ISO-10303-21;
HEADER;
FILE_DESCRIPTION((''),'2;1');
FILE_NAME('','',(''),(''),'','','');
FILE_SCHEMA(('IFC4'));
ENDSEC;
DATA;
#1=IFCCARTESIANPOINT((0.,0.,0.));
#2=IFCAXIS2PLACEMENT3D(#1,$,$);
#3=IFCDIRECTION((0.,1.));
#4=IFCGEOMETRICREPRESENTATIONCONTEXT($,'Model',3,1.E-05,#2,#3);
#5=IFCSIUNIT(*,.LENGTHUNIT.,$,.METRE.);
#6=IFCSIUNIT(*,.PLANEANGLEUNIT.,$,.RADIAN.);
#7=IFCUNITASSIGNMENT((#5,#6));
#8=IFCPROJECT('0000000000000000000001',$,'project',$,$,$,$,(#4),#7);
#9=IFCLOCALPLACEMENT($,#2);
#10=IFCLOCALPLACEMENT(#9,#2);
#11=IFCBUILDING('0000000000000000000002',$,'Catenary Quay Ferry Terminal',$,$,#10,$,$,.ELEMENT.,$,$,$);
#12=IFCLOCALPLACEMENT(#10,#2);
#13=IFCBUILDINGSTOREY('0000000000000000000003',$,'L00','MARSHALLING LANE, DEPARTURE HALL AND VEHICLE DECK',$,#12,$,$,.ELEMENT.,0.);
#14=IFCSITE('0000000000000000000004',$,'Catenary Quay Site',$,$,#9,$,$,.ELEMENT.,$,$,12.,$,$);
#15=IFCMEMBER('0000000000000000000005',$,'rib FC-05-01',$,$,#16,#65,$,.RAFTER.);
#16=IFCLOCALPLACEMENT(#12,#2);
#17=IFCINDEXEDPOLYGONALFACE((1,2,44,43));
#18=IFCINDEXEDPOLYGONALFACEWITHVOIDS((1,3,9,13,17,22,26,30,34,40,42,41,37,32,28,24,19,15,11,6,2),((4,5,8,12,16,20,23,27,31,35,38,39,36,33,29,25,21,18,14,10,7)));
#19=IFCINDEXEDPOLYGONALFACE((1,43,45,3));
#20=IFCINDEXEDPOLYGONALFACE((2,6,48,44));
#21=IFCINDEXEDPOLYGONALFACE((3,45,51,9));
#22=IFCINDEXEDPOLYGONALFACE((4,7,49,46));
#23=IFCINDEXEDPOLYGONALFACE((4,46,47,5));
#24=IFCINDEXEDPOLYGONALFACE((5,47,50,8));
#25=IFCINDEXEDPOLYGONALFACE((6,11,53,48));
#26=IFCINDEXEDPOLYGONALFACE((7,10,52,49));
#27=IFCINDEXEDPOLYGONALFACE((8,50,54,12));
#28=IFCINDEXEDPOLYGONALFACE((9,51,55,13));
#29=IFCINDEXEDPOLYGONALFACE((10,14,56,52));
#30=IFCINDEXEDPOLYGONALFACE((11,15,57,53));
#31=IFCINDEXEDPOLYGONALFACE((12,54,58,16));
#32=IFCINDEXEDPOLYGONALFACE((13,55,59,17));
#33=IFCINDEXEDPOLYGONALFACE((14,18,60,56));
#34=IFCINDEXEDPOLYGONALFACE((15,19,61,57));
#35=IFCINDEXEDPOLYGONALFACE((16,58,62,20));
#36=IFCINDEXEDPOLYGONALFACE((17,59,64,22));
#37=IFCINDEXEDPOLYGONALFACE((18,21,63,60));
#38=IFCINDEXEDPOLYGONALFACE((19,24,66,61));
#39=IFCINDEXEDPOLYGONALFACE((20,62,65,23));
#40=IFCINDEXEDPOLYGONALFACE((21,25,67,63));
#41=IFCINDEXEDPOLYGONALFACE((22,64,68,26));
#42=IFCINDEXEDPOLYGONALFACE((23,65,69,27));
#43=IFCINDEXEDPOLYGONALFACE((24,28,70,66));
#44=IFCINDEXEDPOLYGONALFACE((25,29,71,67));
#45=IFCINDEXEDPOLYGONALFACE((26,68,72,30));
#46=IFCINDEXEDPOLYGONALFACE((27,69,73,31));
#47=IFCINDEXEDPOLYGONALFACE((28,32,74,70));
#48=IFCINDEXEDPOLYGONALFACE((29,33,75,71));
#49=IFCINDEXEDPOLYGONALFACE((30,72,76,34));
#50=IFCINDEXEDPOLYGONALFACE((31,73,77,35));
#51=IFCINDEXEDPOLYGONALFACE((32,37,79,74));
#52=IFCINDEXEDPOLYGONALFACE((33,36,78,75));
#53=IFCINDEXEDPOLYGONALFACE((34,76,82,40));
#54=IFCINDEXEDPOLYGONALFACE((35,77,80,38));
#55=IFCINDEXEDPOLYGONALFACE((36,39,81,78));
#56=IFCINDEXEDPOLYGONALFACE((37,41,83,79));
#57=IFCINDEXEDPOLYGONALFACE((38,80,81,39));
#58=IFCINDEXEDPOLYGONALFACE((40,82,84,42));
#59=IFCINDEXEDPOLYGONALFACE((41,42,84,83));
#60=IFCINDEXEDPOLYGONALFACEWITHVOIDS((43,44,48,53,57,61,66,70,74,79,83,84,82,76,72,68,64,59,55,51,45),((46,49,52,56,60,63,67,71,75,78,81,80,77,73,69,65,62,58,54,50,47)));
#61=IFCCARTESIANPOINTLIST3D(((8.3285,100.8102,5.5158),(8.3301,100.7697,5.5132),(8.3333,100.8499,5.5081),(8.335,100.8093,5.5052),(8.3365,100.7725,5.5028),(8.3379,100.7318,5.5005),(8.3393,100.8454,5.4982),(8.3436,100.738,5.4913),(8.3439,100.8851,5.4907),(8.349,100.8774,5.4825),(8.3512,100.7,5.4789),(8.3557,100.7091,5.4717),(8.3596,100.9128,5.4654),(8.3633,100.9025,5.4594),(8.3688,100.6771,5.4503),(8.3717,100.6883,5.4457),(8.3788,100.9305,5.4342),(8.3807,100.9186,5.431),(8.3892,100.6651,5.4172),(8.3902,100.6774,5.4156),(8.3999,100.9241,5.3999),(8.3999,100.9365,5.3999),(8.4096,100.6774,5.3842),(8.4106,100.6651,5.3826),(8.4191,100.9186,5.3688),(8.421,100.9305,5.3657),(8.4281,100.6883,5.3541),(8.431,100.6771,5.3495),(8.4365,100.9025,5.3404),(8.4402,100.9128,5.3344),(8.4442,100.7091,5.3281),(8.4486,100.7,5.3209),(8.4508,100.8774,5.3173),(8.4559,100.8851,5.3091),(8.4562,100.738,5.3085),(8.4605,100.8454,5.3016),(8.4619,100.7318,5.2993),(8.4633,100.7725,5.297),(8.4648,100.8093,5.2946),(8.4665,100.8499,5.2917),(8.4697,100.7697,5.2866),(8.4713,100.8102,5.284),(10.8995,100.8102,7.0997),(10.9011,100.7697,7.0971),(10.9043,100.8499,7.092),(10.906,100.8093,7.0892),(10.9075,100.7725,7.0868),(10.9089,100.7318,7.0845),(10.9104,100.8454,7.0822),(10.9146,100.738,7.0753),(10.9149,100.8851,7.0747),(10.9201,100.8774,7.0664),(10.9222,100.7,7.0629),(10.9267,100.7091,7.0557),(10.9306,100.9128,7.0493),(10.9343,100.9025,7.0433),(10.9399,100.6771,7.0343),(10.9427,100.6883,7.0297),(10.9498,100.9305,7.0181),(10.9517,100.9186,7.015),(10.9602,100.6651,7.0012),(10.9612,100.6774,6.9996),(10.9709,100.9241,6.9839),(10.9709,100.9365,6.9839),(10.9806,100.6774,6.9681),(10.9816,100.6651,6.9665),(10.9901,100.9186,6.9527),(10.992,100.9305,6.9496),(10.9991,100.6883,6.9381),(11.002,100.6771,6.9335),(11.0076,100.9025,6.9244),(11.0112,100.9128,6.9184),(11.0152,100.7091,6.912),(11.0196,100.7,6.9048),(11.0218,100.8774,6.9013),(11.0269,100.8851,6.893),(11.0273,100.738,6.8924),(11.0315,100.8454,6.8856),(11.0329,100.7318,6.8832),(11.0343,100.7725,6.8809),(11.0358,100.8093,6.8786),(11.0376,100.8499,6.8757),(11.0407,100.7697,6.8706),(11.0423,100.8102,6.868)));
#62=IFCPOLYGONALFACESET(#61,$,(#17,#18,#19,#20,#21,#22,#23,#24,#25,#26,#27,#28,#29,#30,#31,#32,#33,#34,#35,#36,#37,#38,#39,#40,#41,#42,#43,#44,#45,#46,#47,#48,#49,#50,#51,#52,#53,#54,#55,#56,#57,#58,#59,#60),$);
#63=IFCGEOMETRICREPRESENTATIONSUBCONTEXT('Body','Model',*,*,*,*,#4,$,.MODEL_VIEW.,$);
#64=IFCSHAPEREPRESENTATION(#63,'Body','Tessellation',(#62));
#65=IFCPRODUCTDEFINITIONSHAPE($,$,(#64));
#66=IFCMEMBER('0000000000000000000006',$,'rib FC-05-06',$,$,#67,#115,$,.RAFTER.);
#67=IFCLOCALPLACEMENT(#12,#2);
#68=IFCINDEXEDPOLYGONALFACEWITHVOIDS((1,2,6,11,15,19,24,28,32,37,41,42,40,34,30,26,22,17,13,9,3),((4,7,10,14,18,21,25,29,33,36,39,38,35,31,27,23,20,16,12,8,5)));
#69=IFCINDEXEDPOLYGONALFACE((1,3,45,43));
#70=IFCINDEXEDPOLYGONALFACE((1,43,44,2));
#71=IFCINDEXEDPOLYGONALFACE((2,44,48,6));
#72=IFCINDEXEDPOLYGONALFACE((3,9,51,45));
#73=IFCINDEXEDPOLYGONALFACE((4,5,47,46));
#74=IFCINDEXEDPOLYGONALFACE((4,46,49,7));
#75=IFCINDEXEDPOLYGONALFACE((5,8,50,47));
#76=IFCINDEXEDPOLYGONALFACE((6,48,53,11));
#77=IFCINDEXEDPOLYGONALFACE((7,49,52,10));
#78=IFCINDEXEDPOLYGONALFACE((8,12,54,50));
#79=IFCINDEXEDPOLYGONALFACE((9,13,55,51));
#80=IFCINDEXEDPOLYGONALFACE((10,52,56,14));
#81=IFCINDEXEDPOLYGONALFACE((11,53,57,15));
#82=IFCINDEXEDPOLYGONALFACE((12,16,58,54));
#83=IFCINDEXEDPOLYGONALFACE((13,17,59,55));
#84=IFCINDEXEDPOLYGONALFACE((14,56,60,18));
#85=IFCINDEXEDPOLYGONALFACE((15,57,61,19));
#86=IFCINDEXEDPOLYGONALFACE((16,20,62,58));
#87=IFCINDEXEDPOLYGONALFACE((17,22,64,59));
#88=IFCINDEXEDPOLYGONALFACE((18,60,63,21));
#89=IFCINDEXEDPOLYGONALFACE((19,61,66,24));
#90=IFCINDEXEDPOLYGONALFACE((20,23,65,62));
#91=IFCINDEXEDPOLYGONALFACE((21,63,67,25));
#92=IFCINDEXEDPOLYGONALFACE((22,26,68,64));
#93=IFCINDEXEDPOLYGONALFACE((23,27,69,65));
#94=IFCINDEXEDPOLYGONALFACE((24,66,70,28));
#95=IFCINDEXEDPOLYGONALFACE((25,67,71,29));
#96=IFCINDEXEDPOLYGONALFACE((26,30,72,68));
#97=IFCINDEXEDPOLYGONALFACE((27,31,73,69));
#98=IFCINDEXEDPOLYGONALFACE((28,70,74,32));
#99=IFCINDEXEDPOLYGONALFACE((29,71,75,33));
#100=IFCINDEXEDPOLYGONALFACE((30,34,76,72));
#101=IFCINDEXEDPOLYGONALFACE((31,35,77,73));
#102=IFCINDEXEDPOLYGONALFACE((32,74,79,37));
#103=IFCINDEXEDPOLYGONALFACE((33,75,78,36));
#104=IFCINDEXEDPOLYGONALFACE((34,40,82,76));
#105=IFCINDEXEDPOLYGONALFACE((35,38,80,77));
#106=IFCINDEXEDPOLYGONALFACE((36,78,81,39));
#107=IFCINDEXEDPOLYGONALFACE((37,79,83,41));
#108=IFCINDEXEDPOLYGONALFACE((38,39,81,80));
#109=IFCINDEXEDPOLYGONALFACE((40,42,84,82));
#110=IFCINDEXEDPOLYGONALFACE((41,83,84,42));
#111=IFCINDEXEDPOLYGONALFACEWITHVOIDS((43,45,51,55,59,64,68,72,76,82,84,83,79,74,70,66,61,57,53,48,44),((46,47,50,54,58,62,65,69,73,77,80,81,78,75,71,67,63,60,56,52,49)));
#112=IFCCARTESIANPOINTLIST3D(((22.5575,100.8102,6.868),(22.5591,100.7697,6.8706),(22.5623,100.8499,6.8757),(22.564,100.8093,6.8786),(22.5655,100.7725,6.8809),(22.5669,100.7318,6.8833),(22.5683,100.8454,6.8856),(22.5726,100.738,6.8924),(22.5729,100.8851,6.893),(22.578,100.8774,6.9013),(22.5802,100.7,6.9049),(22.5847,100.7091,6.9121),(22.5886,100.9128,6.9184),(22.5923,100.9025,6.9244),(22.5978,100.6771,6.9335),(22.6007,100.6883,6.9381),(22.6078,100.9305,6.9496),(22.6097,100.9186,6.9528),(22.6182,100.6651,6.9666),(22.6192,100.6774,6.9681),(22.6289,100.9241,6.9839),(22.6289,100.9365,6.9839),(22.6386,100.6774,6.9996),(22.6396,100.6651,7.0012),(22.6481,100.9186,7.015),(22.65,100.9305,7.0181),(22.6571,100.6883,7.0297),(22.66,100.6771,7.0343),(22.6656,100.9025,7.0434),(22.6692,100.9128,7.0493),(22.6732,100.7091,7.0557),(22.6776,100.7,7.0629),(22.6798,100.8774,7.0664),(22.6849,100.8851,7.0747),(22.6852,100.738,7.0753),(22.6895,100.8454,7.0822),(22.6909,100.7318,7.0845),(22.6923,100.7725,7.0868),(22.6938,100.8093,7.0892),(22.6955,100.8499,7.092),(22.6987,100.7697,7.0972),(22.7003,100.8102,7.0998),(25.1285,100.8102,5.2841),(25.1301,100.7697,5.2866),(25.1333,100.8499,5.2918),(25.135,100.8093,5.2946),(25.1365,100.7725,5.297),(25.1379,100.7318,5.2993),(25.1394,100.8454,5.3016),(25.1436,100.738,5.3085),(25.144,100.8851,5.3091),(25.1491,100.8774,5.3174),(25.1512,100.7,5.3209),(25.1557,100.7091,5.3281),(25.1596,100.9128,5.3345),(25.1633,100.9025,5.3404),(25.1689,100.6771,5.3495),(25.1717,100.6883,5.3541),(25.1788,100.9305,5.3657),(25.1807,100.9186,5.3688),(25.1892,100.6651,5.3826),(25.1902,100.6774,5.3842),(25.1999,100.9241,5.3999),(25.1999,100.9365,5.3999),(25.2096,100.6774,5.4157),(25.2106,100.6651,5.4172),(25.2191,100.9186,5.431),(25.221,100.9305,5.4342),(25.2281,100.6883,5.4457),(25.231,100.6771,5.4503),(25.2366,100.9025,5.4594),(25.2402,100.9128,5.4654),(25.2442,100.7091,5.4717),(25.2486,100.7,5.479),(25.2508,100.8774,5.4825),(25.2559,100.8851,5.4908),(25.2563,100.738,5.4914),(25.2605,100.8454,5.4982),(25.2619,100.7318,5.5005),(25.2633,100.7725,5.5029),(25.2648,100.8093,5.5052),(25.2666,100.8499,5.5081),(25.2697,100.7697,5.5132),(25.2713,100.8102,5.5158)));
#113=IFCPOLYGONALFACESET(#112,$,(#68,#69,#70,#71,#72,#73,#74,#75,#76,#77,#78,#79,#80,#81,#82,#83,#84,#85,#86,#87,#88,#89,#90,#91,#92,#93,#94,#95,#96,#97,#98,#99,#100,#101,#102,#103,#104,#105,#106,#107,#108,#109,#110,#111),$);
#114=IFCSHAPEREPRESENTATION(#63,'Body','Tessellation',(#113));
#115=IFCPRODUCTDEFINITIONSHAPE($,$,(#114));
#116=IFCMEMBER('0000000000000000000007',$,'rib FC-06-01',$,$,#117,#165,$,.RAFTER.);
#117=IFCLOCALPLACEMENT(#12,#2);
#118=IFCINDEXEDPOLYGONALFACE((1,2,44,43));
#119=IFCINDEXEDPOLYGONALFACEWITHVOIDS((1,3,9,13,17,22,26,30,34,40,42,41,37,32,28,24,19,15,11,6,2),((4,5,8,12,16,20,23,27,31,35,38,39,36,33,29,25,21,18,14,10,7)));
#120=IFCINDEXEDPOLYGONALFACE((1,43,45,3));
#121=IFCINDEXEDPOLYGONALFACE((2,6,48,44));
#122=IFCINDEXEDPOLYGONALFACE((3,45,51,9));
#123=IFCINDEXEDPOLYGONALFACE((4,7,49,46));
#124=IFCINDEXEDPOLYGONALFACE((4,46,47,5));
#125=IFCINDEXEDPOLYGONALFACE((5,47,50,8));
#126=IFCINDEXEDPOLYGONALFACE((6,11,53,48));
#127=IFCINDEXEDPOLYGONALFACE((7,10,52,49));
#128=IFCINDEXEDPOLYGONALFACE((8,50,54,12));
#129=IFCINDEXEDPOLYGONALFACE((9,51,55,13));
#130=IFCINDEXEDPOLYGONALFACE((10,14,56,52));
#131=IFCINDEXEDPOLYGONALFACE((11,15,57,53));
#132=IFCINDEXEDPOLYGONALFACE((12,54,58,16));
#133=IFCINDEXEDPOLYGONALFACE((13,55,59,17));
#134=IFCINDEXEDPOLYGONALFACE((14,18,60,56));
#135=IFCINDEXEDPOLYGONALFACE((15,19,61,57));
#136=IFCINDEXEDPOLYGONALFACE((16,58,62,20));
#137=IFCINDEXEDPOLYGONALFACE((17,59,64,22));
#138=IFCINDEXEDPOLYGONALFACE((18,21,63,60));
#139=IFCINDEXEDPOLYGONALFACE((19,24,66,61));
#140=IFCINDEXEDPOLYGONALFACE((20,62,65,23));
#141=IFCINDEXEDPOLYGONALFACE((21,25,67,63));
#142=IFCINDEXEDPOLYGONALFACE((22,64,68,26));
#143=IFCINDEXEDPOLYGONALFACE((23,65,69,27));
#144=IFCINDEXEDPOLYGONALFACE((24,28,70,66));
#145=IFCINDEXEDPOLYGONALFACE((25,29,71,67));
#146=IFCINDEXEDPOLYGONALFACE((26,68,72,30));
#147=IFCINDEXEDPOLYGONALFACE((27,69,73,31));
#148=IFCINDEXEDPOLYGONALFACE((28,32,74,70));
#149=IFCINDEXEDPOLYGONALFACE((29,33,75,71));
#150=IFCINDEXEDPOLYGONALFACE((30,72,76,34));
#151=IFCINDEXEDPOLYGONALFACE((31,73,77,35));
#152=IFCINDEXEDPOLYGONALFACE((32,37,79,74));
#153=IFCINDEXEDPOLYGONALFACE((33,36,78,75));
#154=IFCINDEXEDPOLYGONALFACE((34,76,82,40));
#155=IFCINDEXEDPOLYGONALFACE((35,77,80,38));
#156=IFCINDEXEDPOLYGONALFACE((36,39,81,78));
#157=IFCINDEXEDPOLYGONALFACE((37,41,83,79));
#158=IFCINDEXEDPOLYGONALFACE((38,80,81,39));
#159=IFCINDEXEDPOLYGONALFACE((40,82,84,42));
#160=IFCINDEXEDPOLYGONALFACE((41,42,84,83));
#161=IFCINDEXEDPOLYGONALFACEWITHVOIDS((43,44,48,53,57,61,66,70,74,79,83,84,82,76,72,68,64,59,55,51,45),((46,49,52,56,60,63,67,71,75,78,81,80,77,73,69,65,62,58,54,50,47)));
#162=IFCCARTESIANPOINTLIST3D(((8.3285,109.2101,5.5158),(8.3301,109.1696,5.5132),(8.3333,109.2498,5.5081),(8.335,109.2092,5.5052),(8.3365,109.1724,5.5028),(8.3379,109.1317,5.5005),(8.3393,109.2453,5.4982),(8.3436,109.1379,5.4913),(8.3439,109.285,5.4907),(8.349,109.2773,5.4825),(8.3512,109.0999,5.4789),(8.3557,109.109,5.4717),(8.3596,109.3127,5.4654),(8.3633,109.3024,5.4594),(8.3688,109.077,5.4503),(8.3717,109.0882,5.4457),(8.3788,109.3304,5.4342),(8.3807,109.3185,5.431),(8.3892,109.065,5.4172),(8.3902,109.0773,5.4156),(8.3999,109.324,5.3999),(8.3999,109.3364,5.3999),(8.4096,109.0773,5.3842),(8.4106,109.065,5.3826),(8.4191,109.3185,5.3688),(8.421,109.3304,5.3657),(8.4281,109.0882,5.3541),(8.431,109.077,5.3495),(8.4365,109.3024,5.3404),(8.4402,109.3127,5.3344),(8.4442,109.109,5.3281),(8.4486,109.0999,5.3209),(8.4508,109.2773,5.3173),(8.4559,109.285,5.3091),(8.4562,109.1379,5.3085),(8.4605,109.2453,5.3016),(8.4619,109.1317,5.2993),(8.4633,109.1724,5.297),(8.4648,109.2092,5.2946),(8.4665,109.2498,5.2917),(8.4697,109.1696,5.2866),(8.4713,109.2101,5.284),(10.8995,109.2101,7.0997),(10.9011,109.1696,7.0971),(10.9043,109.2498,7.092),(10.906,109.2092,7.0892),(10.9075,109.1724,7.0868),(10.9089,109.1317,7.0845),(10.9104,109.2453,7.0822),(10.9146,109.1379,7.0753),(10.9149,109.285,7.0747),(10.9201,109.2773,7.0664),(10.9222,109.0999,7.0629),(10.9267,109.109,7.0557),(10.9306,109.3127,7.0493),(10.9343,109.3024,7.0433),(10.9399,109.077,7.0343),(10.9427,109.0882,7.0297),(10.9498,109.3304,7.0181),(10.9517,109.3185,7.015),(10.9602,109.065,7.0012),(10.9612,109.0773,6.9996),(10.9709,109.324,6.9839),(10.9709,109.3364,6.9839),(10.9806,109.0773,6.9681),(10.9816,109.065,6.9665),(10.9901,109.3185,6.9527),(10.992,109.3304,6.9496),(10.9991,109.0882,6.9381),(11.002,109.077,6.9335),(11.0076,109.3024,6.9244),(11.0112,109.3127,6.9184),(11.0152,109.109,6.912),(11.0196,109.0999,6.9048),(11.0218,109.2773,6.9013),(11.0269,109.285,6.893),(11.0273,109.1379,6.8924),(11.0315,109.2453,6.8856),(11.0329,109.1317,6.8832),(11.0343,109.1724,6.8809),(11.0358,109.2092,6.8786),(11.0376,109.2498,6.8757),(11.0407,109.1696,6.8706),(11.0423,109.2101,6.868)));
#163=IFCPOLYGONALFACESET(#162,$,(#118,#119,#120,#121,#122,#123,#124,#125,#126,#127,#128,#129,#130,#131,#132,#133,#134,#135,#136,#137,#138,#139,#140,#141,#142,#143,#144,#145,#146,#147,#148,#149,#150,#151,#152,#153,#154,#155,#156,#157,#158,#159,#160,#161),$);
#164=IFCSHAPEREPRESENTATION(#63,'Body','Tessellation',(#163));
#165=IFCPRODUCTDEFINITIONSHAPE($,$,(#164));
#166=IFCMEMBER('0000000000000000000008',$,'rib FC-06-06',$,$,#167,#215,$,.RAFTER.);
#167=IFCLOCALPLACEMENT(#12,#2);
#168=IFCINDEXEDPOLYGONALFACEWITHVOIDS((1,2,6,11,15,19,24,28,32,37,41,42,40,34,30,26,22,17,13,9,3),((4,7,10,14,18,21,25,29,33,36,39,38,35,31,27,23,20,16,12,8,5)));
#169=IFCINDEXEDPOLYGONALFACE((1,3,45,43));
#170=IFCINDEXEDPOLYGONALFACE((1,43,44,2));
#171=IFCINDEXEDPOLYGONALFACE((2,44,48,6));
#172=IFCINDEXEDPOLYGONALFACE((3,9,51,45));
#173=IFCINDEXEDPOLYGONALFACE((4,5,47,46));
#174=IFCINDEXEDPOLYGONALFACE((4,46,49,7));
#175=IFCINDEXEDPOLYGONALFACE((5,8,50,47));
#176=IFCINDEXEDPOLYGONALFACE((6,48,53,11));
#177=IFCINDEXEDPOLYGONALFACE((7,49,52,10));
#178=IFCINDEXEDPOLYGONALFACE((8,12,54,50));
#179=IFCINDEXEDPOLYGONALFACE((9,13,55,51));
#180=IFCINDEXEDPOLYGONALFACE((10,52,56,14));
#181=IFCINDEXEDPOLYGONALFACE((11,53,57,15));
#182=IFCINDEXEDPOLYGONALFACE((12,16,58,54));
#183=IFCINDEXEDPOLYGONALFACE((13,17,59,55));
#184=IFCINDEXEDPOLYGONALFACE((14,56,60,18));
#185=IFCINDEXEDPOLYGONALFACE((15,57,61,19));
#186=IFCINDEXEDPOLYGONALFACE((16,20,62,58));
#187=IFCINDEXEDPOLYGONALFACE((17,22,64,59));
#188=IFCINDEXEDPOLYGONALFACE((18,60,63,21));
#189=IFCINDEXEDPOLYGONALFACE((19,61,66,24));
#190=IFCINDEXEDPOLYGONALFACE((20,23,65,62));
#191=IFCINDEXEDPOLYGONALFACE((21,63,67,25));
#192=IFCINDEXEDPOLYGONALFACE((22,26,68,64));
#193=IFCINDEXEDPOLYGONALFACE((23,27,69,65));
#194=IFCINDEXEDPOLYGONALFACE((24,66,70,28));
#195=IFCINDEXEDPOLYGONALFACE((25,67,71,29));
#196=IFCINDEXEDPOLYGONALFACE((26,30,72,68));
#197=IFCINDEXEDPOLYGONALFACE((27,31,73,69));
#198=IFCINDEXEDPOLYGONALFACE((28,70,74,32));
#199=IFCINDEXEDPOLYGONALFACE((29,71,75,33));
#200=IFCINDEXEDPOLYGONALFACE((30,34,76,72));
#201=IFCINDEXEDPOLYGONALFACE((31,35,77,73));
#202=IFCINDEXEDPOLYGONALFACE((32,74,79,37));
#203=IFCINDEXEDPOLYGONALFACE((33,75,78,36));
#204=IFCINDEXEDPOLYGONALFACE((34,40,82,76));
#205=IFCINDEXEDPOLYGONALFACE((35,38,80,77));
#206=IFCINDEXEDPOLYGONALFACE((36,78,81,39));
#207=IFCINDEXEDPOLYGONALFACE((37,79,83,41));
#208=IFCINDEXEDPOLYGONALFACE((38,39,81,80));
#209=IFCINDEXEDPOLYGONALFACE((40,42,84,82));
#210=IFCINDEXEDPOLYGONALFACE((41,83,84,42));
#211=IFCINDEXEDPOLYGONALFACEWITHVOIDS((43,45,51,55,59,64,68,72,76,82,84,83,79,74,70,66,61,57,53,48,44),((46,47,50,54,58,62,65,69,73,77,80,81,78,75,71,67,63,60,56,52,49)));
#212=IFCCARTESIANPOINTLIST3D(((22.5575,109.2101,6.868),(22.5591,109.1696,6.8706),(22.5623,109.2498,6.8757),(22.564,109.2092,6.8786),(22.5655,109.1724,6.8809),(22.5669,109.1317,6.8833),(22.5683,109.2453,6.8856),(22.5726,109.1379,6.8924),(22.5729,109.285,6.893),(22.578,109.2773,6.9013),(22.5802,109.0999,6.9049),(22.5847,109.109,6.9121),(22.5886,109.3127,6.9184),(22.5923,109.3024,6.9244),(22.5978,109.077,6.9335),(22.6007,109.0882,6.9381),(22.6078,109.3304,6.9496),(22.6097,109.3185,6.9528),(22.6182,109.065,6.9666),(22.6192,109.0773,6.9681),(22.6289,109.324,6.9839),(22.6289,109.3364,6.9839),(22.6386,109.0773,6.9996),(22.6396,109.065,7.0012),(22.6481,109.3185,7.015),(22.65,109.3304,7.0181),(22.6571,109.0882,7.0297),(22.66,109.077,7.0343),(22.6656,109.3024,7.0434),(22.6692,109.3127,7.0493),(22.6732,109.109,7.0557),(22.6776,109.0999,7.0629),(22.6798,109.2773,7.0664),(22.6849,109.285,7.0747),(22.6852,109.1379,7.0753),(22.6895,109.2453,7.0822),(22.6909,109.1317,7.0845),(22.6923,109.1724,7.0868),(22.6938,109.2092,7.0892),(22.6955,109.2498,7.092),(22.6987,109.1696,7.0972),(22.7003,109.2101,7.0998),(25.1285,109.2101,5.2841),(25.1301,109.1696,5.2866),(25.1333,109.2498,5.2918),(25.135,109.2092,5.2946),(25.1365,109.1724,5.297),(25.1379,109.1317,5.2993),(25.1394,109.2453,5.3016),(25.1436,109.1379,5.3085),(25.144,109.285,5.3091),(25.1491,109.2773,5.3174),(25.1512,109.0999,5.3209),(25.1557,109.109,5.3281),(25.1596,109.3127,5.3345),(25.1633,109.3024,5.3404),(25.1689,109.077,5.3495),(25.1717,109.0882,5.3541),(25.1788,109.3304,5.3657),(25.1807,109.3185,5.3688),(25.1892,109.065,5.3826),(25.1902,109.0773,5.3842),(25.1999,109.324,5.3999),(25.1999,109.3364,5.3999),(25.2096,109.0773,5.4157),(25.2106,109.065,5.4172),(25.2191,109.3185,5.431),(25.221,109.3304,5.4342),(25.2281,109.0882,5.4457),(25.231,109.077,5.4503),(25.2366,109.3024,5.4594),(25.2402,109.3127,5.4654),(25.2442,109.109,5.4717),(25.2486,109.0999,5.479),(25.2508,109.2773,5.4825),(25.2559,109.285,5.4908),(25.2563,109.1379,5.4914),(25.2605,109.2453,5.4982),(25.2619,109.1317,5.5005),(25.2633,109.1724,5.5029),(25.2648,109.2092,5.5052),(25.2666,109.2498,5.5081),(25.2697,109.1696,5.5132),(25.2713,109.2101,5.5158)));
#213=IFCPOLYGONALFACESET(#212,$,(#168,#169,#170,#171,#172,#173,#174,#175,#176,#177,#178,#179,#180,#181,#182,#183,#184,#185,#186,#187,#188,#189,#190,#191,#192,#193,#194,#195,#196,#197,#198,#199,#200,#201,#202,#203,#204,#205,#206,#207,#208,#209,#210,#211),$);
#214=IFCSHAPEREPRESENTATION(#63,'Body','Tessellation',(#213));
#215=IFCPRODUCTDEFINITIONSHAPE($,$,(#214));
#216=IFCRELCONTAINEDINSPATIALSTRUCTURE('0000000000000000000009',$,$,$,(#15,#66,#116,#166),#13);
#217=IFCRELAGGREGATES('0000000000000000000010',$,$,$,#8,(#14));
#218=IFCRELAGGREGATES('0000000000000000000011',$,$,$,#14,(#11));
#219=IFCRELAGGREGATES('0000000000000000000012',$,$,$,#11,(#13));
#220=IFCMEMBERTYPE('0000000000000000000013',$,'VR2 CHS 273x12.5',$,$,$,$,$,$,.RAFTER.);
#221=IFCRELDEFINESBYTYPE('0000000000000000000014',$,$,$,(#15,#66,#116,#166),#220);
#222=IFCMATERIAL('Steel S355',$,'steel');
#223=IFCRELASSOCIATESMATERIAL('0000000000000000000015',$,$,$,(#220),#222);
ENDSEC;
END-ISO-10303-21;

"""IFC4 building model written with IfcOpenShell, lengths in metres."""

from ifc_helpers import new_model, si_unit, direction, frame, origin, origin_2d, place, context, subcontext, project, spatial, hollow_circle, extrude, material, material_profile, profile_set, type_object, element, save


model = new_model("IFC4")

# Units and contexts
model_context = context("Model", 3, precision=1e-05, world=origin(), true_north=direction((0.0, 1.0)))
body_context = subcontext(model_context, "Body", "Model", "MODEL_VIEW")
ifc_project = project(units=[si_unit("LENGTHUNIT", "METRE"), si_unit("PLANEANGLEUNIT", "RADIAN")], contexts=[model_context])

# Site, building, storey
site_placement = place(None, origin())
site = spatial("IfcSite", under=ifc_project, at=site_placement, Name="Catenary Quay Site", CompositionType="ELEMENT", RefElevation=12.0)
building_placement = place(site_placement, origin())
building = spatial("IfcBuilding", under=site, at=building_placement, Name="Catenary Quay Ferry Terminal", CompositionType="ELEMENT")
storey_placement = place(building_placement, origin())
storey = spatial("IfcBuildingStorey", under=building, at=storey_placement, Name="L00", Description="MARSHALLING LANE, DEPARTURE HALL AND VEHICLE DECK", CompositionType="ELEMENT", Elevation=0.0)

# Members
ifc_material_1 = material(Name="Steel S355", Category="steel")
ifc_material_profile_1 = material_profile(ifc_material_1, hollow_circle(Radius=0.1365, WallThickness=0.0125, at=origin_2d()), Name="CHS 273x12.5")
ifc_profile_set_1 = profile_set([ifc_material_profile_1], Name="Steel S355")
member_type_1 = type_object("IfcMemberType", Name="VR2 CHS 273x12.5", PredefinedType="RAFTER", material=ifc_profile_set_1)
for number, where, z_axis, x_axis, name in (
    (1, (8.3999, 100.8, 5.3999), (0.851392, 0.0, 0.52453), (0.0, 1.0, 0.0), "rib FC-05-01"),
    (2, (22.6289, 100.8, 6.9839), (0.851392, 0.0, -0.52453), (0.0, 1.0, 0.0), "rib FC-05-06"),
    (3, (8.3999, 109.2, 5.3999), (0.851392, 0.0, 0.52453), (0.0, 1.0, 0.0), "rib FC-06-01"),
    (4, (22.6289, 109.2, 6.9839), (0.851392, 0.0, -0.52453), (0.0, 1.0, 0.0), "rib FC-06-06"),
):
    element("IfcMember", number, at=place(storey_placement, frame(where, z_axis=z_axis, x_axis=x_axis)), inside=storey, type_object=member_type_1, Name=name, PredefinedType="RAFTER", context=body_context, shape_type="SweptSolid", body=[
        extrude(hollow_circle(Radius=0.1365, WallThickness=0.0125, at=origin_2d()), origin(), (0.0, 0.0, 1.0), 3.0198),
    ])

save(model, "model.ifc")
